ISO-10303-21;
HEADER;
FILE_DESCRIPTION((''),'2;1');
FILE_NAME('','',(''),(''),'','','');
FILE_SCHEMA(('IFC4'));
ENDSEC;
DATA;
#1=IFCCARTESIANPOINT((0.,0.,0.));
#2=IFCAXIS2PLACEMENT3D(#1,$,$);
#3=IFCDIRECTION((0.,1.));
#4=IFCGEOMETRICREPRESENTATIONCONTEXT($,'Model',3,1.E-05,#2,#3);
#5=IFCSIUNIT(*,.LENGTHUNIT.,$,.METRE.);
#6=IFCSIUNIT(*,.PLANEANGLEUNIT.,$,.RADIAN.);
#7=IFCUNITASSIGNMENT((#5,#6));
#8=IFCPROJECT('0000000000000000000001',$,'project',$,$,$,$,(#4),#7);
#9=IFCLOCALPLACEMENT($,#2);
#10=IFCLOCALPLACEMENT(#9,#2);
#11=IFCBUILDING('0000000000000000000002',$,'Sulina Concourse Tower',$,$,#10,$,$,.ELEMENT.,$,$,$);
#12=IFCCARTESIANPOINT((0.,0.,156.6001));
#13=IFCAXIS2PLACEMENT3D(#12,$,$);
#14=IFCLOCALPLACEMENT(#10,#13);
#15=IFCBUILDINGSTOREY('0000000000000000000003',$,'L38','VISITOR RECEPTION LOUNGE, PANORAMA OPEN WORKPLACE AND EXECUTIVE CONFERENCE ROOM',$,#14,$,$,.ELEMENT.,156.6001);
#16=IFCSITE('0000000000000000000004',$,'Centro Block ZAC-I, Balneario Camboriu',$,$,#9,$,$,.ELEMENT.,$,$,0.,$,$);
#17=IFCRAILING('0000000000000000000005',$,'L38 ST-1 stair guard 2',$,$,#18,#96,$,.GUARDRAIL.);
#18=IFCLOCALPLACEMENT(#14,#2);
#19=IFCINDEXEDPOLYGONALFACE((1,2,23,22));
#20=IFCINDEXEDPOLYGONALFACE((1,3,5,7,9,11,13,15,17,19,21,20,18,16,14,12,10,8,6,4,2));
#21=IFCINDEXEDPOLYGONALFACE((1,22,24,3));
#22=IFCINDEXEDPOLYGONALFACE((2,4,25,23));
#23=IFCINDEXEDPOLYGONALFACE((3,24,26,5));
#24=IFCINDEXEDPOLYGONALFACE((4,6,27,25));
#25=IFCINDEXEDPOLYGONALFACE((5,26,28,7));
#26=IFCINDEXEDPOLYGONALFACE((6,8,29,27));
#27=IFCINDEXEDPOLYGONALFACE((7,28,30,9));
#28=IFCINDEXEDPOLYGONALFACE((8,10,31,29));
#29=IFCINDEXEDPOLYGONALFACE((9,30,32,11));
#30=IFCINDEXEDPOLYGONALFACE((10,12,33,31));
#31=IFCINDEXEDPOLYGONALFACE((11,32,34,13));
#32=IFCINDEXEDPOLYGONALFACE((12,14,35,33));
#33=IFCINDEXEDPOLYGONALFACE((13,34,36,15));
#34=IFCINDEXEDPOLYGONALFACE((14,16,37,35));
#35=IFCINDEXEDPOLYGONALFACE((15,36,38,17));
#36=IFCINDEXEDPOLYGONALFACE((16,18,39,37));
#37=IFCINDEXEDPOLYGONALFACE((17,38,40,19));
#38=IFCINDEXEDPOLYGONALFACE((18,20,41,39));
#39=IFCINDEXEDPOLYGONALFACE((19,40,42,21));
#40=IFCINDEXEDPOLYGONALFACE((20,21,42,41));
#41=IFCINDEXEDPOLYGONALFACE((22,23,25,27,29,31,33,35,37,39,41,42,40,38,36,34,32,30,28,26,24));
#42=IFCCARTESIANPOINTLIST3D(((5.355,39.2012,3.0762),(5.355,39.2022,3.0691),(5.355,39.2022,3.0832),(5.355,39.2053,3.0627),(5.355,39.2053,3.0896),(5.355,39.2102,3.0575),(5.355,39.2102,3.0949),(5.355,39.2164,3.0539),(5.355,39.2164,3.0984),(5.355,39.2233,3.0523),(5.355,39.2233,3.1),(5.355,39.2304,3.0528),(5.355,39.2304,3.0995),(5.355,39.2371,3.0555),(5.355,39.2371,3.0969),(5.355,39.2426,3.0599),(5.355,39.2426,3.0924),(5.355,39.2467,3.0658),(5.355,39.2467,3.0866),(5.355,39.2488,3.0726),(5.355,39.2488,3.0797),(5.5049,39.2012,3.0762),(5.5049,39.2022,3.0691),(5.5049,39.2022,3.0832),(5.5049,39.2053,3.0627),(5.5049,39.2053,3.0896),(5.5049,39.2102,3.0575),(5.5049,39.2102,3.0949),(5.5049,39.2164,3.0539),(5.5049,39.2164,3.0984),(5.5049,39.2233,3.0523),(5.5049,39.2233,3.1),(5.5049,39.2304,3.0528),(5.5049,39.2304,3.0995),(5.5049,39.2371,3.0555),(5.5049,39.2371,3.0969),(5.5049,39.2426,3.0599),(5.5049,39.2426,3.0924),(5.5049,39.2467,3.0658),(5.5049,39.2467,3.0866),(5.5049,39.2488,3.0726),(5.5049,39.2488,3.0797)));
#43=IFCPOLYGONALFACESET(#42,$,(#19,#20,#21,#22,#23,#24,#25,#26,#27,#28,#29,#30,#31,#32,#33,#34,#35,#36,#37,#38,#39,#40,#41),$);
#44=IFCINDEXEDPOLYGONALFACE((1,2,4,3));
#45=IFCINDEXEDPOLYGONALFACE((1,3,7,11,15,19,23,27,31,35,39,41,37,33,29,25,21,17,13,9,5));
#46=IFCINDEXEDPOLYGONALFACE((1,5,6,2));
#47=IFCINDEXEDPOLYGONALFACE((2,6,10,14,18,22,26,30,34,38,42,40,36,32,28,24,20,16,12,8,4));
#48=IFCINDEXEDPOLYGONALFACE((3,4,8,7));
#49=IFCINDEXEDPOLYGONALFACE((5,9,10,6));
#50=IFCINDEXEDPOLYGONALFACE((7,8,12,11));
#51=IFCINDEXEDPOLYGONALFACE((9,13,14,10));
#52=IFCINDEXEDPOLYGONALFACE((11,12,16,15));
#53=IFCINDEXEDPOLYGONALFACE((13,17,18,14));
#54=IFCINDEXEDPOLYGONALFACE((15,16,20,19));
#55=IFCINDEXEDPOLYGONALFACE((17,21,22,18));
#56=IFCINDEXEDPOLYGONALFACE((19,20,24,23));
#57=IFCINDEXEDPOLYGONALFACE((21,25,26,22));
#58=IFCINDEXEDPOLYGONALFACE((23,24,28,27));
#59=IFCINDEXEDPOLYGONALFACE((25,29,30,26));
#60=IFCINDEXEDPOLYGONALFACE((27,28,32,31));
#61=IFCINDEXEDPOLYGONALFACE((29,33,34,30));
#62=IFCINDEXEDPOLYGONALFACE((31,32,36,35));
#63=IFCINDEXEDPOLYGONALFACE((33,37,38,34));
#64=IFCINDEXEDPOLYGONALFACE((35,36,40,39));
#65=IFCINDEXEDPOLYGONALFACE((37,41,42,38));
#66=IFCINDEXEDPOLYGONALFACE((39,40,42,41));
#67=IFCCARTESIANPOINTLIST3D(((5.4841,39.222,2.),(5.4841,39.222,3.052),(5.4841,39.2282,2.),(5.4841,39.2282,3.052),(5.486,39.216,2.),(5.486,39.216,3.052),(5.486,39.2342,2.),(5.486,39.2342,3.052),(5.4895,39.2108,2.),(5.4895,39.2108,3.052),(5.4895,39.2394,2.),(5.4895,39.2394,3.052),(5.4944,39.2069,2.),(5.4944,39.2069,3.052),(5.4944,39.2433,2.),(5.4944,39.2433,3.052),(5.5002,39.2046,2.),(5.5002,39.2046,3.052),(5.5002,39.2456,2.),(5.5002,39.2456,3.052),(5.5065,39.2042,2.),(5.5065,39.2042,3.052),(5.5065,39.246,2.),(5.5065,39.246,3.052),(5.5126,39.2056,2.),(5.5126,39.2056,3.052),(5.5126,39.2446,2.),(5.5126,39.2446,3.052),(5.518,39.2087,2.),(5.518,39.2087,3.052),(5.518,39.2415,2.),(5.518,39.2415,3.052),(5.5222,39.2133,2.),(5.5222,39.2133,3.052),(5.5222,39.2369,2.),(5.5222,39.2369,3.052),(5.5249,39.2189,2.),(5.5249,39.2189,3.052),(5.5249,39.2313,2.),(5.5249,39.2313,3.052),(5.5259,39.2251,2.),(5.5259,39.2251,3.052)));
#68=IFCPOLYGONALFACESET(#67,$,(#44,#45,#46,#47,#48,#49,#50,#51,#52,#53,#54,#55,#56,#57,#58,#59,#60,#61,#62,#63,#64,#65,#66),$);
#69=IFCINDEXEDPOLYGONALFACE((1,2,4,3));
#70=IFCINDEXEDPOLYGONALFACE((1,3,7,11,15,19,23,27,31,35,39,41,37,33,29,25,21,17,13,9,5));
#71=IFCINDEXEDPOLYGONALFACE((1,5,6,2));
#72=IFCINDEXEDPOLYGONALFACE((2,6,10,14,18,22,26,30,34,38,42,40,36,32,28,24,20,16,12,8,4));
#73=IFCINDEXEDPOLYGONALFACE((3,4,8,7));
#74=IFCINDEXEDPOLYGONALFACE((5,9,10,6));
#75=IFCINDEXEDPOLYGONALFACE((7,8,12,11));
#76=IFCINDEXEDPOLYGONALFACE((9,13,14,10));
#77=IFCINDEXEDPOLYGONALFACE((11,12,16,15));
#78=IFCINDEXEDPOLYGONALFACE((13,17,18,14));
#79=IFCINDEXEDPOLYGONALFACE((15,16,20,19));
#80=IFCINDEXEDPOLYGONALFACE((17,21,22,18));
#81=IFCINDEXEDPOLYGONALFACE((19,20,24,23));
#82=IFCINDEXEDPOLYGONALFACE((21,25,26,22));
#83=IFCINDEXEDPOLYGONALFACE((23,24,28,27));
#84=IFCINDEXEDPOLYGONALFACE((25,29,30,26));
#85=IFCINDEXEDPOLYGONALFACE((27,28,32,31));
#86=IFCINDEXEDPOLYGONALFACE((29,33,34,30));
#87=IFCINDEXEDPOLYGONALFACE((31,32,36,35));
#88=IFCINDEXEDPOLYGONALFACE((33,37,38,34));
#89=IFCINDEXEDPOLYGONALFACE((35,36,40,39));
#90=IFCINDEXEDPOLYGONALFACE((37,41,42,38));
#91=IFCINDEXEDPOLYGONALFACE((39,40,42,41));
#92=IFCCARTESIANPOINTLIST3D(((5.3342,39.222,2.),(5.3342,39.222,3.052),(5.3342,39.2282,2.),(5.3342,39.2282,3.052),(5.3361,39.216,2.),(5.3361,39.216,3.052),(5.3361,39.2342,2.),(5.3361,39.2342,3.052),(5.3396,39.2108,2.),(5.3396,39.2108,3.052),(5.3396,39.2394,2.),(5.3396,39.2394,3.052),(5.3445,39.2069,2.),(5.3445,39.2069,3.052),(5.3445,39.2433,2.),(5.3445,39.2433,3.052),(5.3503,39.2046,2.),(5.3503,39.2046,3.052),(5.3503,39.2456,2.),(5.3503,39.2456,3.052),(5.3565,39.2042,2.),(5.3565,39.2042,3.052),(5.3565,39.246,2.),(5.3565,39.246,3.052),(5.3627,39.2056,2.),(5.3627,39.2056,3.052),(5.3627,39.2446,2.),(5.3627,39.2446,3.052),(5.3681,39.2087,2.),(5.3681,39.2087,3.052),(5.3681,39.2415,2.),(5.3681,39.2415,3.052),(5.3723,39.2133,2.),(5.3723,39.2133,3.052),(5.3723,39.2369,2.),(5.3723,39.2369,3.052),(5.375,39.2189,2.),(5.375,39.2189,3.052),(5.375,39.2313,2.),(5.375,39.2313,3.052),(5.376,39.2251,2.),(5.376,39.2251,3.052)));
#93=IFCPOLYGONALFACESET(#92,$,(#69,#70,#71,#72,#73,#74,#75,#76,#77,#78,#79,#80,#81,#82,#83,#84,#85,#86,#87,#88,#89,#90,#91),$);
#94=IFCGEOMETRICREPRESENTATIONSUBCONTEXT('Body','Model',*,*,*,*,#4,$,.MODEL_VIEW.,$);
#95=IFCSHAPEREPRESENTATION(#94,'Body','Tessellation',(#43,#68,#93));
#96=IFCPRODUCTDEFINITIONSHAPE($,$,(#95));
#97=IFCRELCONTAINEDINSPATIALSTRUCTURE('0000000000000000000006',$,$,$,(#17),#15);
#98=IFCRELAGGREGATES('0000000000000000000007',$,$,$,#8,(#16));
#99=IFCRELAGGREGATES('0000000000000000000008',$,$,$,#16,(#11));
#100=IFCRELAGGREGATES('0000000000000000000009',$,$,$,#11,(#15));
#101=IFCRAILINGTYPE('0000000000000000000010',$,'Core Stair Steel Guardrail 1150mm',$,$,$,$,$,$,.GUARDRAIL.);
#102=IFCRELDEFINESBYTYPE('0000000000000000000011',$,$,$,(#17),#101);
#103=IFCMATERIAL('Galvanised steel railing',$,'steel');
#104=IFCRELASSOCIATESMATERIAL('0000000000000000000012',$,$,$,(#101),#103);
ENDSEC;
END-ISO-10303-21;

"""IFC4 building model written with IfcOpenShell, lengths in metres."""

from ifc_helpers import new_model, si_unit, direction, frame, origin, origin_2d, place, context, subcontext, project, spatial, circle, extrude, material, type_object, element, save


model = new_model("IFC4")

# Units and contexts
model_context = context("Model", 3, precision=1e-05, world=origin(), true_north=direction((0.0, 1.0)))
body_context = subcontext(model_context, "Body", "Model", "MODEL_VIEW")
ifc_project = project(units=[si_unit("LENGTHUNIT", "METRE"), si_unit("PLANEANGLEUNIT", "RADIAN")], contexts=[model_context])

# Site, building, storey
site_placement = place(None, origin())
site = spatial("IfcSite", under=ifc_project, at=site_placement, Name="Centro Block ZAC-I, Balneario Camboriu", CompositionType="ELEMENT", RefElevation=0.0)
building_placement = place(site_placement, origin())
building = spatial("IfcBuilding", under=site, at=building_placement, Name="Sulina Concourse Tower", CompositionType="ELEMENT")
storey_placement = place(building_placement, frame((0.0, 0.0, 156.6001)))
storey = spatial("IfcBuildingStorey", under=building, at=storey_placement, Name="L38", Description="VISITOR RECEPTION LOUNGE, PANORAMA OPEN WORKPLACE AND EXECUTIVE CONFERENCE ROOM", CompositionType="ELEMENT", Elevation=156.6001)

# Railing
ifc_material_1 = material(Name="Galvanised steel railing", Category="steel")
railing_type_1 = type_object("IfcRailingType", Name="Core Stair Steel Guardrail 1150mm", PredefinedType="GUARDRAIL", material=ifc_material_1)
railing_1_placement = place(storey_placement, frame((5.5049, 39.2251, 2.0)))
element("IfcRailing", 1, at=railing_1_placement, inside=storey, type_object=railing_type_1, Name="L38 ST-1 stair guard 2", PredefinedType="GUARDRAIL", context=body_context, shape_type="SweptSolid", body=[
    extrude(circle(Radius=0.0239, at=origin_2d()), frame((0.0, 0.0, 1.0762), z_axis=(-1.0, 0.0, 0.0), x_axis=(0.0, -1.0, 0.0)), (0.0, 0.0, 1.0), 0.1499),
    extrude(circle(Radius=0.021, at=origin_2d()), origin(), (0.0, 0.0, 1.0), 1.052),
    extrude(circle(Radius=0.021, at=origin_2d()), frame((-0.1499, 0.0, 0.0)), (0.0, 0.0, 1.0), 1.052),
])

save(model, "model.ifc")
